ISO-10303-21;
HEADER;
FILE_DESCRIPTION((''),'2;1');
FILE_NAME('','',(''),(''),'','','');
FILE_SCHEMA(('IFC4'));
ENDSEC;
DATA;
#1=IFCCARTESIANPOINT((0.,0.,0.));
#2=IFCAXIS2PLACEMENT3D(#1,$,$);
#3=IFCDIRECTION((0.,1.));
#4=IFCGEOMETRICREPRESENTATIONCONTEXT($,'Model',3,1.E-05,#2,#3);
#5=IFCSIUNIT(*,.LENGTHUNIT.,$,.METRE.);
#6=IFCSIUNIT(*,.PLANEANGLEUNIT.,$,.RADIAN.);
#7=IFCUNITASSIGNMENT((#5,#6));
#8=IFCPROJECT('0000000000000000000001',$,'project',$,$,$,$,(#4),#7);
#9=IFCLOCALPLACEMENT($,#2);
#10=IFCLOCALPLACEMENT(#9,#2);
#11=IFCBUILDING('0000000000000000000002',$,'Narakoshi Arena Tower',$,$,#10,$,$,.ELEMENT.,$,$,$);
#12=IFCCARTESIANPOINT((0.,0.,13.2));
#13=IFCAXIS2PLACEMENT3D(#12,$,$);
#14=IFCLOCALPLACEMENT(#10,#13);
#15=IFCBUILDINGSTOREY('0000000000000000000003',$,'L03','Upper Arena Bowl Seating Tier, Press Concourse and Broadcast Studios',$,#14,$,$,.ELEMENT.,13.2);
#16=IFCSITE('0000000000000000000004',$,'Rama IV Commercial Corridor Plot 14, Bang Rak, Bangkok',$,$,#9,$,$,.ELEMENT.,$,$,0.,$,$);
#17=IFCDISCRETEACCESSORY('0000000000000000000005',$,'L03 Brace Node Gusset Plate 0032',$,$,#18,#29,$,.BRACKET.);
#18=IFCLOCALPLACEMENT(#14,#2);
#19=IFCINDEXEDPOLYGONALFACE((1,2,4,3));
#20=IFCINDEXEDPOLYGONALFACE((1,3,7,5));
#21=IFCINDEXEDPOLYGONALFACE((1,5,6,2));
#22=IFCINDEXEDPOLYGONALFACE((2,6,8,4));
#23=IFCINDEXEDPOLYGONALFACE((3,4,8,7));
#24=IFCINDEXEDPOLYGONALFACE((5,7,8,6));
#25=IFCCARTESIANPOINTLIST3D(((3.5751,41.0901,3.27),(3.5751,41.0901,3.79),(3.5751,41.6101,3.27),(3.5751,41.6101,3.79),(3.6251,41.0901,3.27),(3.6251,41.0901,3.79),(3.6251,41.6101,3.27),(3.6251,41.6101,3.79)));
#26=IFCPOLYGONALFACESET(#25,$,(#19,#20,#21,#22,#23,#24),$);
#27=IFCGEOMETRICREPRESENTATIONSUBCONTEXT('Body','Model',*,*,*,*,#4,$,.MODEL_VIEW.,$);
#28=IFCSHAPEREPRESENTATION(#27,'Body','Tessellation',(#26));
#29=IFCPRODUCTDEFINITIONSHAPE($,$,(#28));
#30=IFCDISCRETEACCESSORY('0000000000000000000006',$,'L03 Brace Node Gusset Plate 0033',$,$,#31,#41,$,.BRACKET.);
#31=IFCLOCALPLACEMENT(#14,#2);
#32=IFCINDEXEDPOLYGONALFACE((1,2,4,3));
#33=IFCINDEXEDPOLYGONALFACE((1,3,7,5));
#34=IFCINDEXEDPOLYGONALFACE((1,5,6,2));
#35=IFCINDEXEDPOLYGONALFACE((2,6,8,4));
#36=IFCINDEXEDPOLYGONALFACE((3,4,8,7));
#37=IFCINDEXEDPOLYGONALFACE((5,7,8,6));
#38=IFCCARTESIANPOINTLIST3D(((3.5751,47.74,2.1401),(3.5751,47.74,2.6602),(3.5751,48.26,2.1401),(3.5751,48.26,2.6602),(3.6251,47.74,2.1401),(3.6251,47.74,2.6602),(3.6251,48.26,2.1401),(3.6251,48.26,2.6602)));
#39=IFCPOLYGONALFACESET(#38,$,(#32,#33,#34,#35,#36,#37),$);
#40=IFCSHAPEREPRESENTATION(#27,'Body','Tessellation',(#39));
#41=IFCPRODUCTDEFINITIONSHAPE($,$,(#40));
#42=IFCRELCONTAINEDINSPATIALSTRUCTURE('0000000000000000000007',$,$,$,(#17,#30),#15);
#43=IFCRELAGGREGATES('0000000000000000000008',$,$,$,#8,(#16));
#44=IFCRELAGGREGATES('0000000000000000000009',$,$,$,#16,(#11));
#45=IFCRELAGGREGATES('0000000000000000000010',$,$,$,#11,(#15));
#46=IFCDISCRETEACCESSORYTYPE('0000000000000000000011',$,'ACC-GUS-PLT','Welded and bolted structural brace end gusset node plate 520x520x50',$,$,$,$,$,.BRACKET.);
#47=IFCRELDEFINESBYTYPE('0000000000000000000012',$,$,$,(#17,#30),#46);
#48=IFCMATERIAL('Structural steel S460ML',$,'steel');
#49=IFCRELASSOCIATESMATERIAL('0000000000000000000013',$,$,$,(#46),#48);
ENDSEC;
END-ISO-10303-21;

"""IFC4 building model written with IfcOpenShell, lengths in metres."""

from ifc_helpers import new_model, si_unit, direction, frame, origin, origin_2d, place, context, subcontext, project, spatial, rectangle, extrude, material, type_object, element, save


model = new_model("IFC4")

# Units and contexts
model_context = context("Model", 3, precision=1e-05, world=origin(), true_north=direction((0.0, 1.0)))
body_context = subcontext(model_context, "Body", "Model", "MODEL_VIEW")
ifc_project = project(units=[si_unit("LENGTHUNIT", "METRE"), si_unit("PLANEANGLEUNIT", "RADIAN")], contexts=[model_context])

# Site, building, storey
site_placement = place(None, origin())
site = spatial("IfcSite", under=ifc_project, at=site_placement, Name="Rama IV Commercial Corridor Plot 14, Bang Rak, Bangkok", CompositionType="ELEMENT", RefElevation=0.0)
building_placement = place(site_placement, origin())
building = spatial("IfcBuilding", under=site, at=building_placement, Name="Narakoshi Arena Tower", CompositionType="ELEMENT")
storey_placement = place(building_placement, frame((0.0, 0.0, 13.2)))
storey = spatial("IfcBuildingStorey", under=building, at=storey_placement, Name="L03", Description="Upper Arena Bowl Seating Tier, Press Concourse and Broadcast Studios", CompositionType="ELEMENT", Elevation=13.2)

# Discrete accessories
ifc_material_1 = material(Name="Structural steel S460ML", Category="steel")
discrete_accessory_type = type_object("IfcDiscreteAccessoryType", Name="ACC-GUS-PLT", Description="Welded and bolted structural brace end gusset node plate 520x520x50", PredefinedType="BRACKET", material=ifc_material_1)
for number, where, z_axis, x_axis, name in (
    (1, (3.6001, 41.3501, 3.27), (0.0, 0.0, 1.0), (0.0, 1.0, 0.0), "L03 Brace Node Gusset Plate 0032"),
    (2, (3.6001, 48.0, 2.1401), (0.0, 0.0, 1.0), (0.0, 1.0, 0.0), "L03 Brace Node Gusset Plate 0033"),
):
    element("IfcDiscreteAccessory", number, at=place(storey_placement, frame(where, z_axis=z_axis, x_axis=x_axis)), inside=storey, type_object=discrete_accessory_type, Name=name, PredefinedType="BRACKET", context=body_context, shape_type="SweptSolid", body=[
        extrude(rectangle(XDim=0.52, YDim=0.05, at=origin_2d()), origin(), (0.0, 0.0, 1.0), 0.52),
    ])

save(model, "model.ifc")
